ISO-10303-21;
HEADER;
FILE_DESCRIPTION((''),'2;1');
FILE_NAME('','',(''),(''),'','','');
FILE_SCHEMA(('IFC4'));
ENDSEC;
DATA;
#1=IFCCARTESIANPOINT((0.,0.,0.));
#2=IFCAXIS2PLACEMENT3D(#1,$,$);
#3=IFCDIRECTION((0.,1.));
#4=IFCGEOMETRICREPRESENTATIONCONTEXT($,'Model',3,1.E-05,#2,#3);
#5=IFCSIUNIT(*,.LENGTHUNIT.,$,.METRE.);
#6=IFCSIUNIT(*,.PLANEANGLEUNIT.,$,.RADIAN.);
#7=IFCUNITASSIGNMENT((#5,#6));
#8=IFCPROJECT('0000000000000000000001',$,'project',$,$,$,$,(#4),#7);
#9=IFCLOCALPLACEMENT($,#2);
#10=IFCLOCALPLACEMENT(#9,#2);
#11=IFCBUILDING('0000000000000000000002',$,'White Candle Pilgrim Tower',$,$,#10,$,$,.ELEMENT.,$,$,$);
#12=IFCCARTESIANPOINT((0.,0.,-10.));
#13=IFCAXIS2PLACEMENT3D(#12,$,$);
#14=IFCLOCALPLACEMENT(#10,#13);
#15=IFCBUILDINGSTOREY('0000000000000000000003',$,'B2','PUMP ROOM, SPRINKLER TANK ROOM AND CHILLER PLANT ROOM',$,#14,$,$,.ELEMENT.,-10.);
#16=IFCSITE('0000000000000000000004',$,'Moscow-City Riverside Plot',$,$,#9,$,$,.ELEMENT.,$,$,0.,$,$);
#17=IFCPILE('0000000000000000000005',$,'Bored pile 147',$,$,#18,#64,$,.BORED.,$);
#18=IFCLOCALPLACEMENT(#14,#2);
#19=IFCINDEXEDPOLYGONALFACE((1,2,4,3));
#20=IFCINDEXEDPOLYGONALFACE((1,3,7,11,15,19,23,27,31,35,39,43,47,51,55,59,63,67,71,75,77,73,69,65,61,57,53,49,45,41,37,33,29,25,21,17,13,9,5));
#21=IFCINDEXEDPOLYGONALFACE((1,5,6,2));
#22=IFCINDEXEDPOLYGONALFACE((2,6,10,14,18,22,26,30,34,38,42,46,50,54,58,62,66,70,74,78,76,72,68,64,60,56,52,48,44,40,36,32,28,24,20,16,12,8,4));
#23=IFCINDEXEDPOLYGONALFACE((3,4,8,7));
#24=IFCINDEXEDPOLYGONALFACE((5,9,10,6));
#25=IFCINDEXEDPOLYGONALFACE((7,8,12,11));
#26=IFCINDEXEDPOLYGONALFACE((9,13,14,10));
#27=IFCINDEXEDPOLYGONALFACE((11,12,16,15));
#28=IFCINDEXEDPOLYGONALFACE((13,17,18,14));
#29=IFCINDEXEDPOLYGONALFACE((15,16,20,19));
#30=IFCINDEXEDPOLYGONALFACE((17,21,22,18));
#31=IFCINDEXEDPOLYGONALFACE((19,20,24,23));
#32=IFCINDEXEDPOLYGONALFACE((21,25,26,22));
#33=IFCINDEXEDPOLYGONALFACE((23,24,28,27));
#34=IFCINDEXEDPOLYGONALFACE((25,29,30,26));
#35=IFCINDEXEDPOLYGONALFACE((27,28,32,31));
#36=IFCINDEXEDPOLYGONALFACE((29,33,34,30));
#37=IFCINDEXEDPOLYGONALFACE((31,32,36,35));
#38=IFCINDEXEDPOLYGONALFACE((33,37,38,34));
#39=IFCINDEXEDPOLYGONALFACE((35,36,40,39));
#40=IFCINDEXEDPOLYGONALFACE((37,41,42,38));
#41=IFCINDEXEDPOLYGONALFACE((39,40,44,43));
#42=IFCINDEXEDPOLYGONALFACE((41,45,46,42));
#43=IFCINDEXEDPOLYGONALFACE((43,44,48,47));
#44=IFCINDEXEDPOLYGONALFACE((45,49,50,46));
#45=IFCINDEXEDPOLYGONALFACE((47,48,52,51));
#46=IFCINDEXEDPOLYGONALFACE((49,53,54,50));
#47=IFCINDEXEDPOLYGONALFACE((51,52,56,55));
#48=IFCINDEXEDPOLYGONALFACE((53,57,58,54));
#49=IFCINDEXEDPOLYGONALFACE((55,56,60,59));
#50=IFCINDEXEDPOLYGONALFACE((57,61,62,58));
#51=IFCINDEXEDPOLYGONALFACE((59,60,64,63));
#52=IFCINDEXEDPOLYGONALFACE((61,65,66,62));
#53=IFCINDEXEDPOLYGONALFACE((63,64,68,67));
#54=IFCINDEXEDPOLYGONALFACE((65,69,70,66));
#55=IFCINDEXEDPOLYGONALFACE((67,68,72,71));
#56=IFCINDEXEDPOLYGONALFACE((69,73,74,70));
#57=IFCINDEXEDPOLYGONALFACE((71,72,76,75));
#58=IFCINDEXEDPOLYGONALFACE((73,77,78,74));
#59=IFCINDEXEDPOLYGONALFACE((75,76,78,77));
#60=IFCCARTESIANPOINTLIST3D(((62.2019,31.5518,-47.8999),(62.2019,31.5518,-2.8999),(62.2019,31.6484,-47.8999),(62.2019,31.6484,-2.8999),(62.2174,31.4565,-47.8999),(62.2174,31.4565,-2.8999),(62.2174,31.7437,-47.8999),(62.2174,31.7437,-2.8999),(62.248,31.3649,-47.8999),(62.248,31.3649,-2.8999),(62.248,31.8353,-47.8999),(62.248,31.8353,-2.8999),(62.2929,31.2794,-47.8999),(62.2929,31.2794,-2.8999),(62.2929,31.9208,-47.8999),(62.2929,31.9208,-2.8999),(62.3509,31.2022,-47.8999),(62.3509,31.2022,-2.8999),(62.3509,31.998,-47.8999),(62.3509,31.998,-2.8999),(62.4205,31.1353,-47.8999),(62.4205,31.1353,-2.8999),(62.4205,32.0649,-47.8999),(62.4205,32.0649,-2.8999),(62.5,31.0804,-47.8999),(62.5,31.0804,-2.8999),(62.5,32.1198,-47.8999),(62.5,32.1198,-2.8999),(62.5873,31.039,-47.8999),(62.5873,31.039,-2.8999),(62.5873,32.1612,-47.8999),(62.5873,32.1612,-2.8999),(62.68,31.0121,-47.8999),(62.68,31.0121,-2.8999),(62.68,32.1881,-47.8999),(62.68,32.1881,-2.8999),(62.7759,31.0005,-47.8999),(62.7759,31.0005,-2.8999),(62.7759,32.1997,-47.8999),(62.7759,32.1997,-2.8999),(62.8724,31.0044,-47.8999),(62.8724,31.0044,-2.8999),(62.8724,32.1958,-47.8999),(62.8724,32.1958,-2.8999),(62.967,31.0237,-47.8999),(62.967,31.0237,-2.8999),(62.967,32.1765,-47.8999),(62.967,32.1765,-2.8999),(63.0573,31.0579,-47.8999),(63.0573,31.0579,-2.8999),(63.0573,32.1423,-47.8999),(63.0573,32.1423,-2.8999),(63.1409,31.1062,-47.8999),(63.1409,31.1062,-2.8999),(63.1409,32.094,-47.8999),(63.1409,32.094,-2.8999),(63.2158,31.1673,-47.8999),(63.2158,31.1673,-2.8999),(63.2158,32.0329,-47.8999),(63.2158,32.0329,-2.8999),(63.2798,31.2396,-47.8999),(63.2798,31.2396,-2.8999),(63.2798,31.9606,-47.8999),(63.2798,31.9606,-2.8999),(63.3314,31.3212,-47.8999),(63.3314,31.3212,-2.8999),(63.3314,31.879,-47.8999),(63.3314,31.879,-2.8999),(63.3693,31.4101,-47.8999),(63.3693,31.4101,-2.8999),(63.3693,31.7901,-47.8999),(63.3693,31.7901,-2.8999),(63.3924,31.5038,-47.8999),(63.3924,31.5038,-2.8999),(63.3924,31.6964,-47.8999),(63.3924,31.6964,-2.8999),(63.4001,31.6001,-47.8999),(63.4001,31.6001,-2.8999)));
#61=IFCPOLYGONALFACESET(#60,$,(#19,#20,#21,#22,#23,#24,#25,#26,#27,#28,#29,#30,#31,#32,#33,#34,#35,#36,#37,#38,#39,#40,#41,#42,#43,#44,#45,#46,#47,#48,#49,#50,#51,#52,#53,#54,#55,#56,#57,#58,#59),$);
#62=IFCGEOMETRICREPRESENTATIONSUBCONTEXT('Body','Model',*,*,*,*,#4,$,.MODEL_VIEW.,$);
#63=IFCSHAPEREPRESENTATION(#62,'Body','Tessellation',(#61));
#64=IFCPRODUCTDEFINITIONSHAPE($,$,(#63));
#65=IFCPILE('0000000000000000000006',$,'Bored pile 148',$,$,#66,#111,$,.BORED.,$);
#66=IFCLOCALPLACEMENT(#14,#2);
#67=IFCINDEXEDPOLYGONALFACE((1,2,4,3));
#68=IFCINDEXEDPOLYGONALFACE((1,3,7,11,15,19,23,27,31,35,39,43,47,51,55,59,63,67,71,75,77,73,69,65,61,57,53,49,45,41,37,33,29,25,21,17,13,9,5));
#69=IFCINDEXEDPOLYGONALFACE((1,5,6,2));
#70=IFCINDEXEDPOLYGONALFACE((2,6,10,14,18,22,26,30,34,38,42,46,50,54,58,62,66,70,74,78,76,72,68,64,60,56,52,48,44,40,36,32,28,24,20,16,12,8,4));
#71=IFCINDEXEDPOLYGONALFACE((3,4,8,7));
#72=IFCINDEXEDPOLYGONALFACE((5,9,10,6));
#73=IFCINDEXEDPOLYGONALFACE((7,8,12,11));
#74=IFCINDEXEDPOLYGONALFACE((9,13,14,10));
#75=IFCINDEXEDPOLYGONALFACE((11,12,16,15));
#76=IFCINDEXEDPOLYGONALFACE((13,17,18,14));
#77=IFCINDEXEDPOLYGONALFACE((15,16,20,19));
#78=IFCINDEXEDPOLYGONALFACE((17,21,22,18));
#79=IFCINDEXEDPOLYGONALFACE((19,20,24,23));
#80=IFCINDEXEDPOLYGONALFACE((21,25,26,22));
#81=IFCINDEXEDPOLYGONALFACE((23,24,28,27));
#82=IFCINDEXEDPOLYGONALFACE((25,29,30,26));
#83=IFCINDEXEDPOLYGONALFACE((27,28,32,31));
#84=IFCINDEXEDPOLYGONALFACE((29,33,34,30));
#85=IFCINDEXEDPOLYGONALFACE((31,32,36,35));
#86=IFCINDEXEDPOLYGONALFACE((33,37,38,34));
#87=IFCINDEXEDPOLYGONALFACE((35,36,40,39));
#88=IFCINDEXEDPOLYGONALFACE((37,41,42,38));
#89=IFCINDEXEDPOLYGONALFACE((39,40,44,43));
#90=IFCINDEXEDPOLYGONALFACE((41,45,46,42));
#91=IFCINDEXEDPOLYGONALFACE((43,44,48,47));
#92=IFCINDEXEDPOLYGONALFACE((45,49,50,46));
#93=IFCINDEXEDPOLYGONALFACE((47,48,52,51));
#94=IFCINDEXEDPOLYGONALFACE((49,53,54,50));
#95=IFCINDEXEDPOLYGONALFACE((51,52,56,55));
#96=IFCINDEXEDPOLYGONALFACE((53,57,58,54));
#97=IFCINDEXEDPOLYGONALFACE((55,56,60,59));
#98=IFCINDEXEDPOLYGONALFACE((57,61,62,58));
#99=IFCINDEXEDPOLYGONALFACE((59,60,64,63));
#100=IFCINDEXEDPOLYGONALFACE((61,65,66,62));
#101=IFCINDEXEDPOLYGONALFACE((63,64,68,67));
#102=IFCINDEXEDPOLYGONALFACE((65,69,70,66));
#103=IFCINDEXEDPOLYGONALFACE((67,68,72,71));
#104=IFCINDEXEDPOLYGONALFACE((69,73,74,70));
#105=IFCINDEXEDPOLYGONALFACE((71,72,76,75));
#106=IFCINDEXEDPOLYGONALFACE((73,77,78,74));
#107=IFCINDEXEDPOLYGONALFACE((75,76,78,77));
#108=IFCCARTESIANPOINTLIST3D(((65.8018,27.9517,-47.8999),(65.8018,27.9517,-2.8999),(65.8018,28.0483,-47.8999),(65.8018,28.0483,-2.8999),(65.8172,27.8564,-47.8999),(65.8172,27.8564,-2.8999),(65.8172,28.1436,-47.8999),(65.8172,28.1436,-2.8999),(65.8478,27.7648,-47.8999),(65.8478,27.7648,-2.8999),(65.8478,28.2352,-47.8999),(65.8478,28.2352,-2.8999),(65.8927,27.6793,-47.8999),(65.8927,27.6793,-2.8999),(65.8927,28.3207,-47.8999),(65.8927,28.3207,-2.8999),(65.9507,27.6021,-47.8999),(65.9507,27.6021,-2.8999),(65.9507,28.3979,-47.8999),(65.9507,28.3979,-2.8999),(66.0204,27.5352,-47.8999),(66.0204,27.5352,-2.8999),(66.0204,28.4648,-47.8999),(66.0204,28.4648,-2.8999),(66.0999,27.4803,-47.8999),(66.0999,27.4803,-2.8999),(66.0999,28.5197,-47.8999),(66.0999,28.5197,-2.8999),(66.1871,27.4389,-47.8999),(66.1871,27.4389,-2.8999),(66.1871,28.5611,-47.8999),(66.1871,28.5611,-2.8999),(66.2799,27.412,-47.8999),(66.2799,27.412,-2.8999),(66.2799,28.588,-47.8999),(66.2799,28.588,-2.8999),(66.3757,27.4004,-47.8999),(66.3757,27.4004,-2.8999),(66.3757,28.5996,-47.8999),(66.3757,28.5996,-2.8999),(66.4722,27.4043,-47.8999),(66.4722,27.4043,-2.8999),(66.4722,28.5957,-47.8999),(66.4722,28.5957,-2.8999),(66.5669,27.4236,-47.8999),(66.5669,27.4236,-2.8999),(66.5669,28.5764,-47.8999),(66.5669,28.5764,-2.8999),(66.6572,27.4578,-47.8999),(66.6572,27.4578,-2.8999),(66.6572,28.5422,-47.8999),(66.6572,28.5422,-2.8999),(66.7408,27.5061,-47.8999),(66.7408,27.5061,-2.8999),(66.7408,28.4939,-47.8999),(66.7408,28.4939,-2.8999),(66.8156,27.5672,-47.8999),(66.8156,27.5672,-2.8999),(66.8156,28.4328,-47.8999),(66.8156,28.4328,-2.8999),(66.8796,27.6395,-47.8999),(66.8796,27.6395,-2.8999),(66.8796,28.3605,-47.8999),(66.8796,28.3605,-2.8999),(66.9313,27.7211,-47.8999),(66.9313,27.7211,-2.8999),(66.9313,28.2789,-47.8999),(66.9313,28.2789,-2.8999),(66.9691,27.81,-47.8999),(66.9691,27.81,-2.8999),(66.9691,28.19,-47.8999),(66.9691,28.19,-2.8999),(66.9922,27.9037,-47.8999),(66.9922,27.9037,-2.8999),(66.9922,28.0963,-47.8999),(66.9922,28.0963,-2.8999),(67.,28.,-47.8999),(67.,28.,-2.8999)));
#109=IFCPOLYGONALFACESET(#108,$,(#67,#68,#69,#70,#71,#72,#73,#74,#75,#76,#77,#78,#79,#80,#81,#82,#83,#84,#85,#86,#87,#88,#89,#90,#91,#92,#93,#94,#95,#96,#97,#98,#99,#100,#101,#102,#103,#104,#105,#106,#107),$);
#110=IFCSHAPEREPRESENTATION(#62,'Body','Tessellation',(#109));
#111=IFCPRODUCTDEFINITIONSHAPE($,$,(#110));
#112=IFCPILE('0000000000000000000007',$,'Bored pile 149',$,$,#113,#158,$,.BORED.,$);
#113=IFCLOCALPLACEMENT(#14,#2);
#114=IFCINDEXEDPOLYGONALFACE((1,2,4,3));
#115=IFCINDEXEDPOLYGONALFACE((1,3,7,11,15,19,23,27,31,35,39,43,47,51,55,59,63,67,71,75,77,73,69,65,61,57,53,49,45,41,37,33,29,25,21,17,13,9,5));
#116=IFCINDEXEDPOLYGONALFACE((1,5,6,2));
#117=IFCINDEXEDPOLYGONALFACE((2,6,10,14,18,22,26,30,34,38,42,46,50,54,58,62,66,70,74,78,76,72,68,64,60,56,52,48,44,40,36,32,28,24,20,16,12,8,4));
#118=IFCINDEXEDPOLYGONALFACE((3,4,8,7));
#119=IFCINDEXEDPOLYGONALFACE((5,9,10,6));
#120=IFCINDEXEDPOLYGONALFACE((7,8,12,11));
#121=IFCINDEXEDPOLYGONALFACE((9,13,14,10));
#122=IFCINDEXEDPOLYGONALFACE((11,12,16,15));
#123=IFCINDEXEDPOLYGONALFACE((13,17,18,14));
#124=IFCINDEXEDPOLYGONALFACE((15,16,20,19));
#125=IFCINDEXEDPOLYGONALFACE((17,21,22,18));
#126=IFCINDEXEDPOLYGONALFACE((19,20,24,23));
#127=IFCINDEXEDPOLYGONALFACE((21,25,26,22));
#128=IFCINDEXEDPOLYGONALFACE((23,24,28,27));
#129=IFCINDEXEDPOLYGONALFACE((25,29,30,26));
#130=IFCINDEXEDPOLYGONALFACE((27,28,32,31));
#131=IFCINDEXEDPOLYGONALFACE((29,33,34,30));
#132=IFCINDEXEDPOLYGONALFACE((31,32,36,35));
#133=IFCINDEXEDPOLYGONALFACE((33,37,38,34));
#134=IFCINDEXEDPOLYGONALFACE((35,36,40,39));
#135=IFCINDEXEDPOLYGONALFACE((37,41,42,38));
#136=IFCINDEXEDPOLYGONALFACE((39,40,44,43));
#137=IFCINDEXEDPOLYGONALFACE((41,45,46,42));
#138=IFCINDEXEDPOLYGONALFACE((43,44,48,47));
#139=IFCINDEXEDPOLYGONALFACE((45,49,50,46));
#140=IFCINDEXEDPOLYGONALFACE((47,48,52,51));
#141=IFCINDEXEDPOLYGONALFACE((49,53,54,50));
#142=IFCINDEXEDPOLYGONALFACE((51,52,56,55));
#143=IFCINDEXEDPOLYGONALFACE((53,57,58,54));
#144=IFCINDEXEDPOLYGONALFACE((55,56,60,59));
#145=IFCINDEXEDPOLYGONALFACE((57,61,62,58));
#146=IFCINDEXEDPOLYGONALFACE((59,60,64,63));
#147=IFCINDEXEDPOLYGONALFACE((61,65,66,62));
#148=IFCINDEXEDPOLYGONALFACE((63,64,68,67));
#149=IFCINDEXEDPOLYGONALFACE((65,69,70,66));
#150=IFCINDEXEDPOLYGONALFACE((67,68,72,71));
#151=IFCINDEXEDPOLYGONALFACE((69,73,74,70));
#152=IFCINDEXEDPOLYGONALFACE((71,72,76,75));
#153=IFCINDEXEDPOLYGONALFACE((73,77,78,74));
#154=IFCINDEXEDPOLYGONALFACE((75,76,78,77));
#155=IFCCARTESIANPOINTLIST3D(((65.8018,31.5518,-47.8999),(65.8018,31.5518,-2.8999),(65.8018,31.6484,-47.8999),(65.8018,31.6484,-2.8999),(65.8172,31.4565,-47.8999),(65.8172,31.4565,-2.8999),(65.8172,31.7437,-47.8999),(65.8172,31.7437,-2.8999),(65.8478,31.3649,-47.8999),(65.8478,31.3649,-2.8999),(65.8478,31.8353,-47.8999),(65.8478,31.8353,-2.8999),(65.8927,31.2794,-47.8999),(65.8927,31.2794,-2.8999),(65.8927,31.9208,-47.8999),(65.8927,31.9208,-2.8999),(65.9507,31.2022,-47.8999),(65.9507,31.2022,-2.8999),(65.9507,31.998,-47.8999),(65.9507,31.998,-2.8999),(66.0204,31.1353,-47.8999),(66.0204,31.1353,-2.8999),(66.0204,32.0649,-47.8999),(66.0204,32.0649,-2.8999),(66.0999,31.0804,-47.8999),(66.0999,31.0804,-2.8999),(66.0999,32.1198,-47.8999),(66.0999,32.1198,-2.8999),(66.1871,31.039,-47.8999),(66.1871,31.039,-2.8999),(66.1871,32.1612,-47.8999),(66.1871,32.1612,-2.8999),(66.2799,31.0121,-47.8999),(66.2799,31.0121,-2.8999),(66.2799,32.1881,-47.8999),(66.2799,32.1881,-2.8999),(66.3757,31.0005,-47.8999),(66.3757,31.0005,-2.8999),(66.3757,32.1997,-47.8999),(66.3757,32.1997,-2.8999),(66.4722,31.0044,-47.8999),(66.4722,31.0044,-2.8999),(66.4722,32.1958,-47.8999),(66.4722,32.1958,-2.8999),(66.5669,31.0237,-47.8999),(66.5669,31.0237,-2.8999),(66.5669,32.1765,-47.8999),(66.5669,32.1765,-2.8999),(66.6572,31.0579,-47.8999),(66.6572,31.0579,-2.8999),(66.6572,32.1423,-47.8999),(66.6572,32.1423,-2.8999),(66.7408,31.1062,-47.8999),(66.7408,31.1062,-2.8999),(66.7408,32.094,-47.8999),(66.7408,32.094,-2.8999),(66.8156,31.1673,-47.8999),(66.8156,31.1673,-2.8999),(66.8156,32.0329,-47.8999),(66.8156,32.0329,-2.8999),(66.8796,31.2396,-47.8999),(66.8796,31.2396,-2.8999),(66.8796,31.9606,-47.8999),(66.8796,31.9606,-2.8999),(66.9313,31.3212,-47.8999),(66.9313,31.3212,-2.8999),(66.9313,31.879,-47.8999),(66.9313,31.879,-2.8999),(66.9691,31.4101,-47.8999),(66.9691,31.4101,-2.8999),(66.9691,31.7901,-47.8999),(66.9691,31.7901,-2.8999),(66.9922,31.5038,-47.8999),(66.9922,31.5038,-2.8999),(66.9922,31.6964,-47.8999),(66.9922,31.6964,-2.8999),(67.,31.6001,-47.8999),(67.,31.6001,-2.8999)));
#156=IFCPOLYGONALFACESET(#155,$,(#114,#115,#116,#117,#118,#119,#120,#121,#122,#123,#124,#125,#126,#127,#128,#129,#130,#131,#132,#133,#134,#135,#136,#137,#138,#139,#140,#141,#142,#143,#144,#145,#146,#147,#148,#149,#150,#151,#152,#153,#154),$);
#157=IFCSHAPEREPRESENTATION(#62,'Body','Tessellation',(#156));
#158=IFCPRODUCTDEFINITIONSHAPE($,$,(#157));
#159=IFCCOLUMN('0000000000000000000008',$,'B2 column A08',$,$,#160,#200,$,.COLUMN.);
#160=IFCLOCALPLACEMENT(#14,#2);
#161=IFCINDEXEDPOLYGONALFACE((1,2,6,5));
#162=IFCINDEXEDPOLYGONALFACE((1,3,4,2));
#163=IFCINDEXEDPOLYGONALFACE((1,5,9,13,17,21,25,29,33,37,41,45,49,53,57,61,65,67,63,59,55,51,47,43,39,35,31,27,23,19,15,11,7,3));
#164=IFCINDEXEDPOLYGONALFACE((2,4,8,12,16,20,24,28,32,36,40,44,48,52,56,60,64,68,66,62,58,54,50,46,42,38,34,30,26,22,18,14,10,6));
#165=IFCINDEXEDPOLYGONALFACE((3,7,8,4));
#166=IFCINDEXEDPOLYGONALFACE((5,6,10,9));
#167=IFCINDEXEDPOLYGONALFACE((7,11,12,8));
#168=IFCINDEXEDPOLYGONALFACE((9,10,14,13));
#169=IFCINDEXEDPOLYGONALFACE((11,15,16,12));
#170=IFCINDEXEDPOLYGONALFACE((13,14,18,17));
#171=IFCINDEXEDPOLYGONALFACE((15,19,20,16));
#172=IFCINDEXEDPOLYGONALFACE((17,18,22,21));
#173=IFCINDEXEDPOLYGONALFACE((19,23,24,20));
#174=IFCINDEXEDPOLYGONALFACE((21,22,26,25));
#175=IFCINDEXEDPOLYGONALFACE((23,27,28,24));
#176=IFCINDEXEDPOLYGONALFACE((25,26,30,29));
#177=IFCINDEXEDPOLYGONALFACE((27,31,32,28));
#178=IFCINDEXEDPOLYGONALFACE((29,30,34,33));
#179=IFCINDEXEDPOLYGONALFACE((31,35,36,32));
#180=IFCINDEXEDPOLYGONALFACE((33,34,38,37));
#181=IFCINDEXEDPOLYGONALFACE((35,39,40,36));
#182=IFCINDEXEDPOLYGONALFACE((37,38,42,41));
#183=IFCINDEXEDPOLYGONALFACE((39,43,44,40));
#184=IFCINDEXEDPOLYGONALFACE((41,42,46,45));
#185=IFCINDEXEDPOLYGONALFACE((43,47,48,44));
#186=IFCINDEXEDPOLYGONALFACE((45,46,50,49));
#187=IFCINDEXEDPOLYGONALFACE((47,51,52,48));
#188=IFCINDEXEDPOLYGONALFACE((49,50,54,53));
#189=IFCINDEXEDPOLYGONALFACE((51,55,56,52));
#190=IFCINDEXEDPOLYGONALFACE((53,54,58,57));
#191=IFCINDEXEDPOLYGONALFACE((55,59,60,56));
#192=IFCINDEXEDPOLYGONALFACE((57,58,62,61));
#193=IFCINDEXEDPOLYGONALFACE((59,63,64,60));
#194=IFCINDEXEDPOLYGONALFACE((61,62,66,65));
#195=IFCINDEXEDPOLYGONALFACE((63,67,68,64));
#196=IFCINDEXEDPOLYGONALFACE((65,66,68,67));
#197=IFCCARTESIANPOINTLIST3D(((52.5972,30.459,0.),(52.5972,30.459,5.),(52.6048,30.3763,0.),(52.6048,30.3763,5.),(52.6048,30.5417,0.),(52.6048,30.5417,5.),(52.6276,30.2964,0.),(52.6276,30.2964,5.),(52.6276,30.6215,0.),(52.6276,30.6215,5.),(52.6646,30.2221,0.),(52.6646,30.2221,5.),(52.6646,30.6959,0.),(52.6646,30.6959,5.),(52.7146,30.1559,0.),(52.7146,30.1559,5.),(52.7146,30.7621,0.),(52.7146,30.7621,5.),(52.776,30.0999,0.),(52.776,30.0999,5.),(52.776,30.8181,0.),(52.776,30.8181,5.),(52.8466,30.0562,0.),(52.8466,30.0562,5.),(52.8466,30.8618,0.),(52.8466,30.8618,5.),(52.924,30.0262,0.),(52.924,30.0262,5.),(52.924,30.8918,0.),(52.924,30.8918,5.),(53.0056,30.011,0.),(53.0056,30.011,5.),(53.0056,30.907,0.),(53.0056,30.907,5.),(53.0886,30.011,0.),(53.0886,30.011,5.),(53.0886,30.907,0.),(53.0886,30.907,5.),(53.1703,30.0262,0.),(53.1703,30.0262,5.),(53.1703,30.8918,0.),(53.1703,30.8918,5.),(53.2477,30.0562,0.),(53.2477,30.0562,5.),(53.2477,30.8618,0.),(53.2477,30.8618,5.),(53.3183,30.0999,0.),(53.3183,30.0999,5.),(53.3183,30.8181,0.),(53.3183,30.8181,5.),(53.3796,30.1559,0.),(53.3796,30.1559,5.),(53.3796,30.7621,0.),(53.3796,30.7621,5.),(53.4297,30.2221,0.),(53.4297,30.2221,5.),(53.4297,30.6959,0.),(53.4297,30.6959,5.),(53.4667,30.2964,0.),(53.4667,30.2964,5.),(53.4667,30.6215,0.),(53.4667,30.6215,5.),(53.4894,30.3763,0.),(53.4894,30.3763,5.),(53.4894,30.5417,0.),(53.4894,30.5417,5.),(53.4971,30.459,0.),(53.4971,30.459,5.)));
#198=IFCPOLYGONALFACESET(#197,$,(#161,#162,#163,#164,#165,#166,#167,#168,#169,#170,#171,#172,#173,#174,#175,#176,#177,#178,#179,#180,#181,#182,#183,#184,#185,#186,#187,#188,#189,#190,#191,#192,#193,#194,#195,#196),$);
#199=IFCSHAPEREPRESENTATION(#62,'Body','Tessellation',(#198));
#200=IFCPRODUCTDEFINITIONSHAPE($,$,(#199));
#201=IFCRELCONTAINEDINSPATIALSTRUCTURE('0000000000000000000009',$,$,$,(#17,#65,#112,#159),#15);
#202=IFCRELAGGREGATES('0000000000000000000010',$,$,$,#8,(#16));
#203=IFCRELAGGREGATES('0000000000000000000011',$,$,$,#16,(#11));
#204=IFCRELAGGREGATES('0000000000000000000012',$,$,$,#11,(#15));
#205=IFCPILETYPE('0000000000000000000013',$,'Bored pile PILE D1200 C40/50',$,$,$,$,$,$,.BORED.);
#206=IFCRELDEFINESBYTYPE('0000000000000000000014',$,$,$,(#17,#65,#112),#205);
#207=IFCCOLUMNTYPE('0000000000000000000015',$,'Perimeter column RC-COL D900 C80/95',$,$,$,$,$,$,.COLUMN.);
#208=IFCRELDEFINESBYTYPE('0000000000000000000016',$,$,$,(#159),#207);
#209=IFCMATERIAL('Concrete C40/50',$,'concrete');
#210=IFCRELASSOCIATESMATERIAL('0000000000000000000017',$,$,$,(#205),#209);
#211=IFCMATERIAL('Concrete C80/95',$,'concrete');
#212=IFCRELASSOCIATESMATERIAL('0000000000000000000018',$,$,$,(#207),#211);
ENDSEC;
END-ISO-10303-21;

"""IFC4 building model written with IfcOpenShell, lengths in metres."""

from ifc_helpers import new_model, si_unit, direction, frame, origin, origin_2d, place, context, subcontext, project, spatial, circle, extrude, material, material_profile, profile_set, type_object, element, save


model = new_model("IFC4")

# Units and contexts
model_context = context("Model", 3, precision=1e-05, world=origin(), true_north=direction((0.0, 1.0)))
body_context = subcontext(model_context, "Body", "Model", "MODEL_VIEW")
ifc_project = project(units=[si_unit("LENGTHUNIT", "METRE"), si_unit("PLANEANGLEUNIT", "RADIAN")], contexts=[model_context])

# Site, building, storey
site_placement = place(None, origin())
site = spatial("IfcSite", under=ifc_project, at=site_placement, Name="Moscow-City Riverside Plot", CompositionType="ELEMENT", RefElevation=0.0)
building_placement = place(site_placement, origin())
building = spatial("IfcBuilding", under=site, at=building_placement, Name="White Candle Pilgrim Tower", CompositionType="ELEMENT")
storey_placement = place(building_placement, frame((0.0, 0.0, -10.0)))
storey = spatial("IfcBuildingStorey", under=building, at=storey_placement, Name="B2", Description="PUMP ROOM, SPRINKLER TANK ROOM AND CHILLER PLANT ROOM", CompositionType="ELEMENT", Elevation=-10.0)

# Piles
ifc_material_1 = material(Name="Concrete C40/50", Category="concrete")
ifc_material_profile_1 = material_profile(ifc_material_1, circle(Radius=0.6001, at=origin_2d()), Name="PILE D1200")
ifc_profile_set_1 = profile_set([ifc_material_profile_1], Name="Concrete C40/50")
pile_type = type_object("IfcPileType", Name="Bored pile PILE D1200 C40/50", PredefinedType="BORED", material=ifc_profile_set_1)
for number, where, z_axis, x_axis, name in (
    (1, (62.8, 31.6001, -2.8999), (0.0, 0.0, -1.0), (1.0, 0.0, 0.0), "Bored pile 147"),
    (2, (66.3999, 28.0, -2.8999), (0.0, 0.0, -1.0), (1.0, 0.0, 0.0), "Bored pile 148"),
    (3, (66.3999, 31.6001, -2.8999), (0.0, 0.0, -1.0), (1.0, 0.0, 0.0), "Bored pile 149"),
):
    element("IfcPile", number, at=place(storey_placement, frame(where, z_axis=z_axis, x_axis=x_axis)), inside=storey, type_object=pile_type, Name=name, PredefinedType="BORED", context=body_context, shape_type="SweptSolid", body=[
        extrude(circle(Radius=0.6001, at=origin_2d()), origin(), (0.0, 0.0, 1.0), 45.0),
    ])

# Column
ifc_material_2 = material(Name="Concrete C80/95", Category="concrete")
ifc_material_profile_2 = material_profile(ifc_material_2, circle(Radius=0.45, at=origin_2d()), Name="RC-COL D900")
ifc_profile_set_2 = profile_set([ifc_material_profile_2], Name="Concrete C80/95")
column_type = type_object("IfcColumnType", Name="Perimeter column RC-COL D900 C80/95", PredefinedType="COLUMN", material=ifc_profile_set_2)
for number, where, z_axis, x_axis, name in (
    (4, (53.0471, 30.459, 0.0), (0.0, 0.0, 1.0), (1.0, 0.0, 0.0), "B2 column A08"),
):
    element("IfcColumn", number, at=place(storey_placement, frame(where, z_axis=z_axis, x_axis=x_axis)), inside=storey, type_object=column_type, Name=name, PredefinedType="COLUMN", context=body_context, shape_type="SweptSolid", body=[
        extrude(circle(Radius=0.45, at=origin_2d()), origin(), (0.0, 0.0, 1.0), 5.0),
    ])

save(model, "model.ifc")
